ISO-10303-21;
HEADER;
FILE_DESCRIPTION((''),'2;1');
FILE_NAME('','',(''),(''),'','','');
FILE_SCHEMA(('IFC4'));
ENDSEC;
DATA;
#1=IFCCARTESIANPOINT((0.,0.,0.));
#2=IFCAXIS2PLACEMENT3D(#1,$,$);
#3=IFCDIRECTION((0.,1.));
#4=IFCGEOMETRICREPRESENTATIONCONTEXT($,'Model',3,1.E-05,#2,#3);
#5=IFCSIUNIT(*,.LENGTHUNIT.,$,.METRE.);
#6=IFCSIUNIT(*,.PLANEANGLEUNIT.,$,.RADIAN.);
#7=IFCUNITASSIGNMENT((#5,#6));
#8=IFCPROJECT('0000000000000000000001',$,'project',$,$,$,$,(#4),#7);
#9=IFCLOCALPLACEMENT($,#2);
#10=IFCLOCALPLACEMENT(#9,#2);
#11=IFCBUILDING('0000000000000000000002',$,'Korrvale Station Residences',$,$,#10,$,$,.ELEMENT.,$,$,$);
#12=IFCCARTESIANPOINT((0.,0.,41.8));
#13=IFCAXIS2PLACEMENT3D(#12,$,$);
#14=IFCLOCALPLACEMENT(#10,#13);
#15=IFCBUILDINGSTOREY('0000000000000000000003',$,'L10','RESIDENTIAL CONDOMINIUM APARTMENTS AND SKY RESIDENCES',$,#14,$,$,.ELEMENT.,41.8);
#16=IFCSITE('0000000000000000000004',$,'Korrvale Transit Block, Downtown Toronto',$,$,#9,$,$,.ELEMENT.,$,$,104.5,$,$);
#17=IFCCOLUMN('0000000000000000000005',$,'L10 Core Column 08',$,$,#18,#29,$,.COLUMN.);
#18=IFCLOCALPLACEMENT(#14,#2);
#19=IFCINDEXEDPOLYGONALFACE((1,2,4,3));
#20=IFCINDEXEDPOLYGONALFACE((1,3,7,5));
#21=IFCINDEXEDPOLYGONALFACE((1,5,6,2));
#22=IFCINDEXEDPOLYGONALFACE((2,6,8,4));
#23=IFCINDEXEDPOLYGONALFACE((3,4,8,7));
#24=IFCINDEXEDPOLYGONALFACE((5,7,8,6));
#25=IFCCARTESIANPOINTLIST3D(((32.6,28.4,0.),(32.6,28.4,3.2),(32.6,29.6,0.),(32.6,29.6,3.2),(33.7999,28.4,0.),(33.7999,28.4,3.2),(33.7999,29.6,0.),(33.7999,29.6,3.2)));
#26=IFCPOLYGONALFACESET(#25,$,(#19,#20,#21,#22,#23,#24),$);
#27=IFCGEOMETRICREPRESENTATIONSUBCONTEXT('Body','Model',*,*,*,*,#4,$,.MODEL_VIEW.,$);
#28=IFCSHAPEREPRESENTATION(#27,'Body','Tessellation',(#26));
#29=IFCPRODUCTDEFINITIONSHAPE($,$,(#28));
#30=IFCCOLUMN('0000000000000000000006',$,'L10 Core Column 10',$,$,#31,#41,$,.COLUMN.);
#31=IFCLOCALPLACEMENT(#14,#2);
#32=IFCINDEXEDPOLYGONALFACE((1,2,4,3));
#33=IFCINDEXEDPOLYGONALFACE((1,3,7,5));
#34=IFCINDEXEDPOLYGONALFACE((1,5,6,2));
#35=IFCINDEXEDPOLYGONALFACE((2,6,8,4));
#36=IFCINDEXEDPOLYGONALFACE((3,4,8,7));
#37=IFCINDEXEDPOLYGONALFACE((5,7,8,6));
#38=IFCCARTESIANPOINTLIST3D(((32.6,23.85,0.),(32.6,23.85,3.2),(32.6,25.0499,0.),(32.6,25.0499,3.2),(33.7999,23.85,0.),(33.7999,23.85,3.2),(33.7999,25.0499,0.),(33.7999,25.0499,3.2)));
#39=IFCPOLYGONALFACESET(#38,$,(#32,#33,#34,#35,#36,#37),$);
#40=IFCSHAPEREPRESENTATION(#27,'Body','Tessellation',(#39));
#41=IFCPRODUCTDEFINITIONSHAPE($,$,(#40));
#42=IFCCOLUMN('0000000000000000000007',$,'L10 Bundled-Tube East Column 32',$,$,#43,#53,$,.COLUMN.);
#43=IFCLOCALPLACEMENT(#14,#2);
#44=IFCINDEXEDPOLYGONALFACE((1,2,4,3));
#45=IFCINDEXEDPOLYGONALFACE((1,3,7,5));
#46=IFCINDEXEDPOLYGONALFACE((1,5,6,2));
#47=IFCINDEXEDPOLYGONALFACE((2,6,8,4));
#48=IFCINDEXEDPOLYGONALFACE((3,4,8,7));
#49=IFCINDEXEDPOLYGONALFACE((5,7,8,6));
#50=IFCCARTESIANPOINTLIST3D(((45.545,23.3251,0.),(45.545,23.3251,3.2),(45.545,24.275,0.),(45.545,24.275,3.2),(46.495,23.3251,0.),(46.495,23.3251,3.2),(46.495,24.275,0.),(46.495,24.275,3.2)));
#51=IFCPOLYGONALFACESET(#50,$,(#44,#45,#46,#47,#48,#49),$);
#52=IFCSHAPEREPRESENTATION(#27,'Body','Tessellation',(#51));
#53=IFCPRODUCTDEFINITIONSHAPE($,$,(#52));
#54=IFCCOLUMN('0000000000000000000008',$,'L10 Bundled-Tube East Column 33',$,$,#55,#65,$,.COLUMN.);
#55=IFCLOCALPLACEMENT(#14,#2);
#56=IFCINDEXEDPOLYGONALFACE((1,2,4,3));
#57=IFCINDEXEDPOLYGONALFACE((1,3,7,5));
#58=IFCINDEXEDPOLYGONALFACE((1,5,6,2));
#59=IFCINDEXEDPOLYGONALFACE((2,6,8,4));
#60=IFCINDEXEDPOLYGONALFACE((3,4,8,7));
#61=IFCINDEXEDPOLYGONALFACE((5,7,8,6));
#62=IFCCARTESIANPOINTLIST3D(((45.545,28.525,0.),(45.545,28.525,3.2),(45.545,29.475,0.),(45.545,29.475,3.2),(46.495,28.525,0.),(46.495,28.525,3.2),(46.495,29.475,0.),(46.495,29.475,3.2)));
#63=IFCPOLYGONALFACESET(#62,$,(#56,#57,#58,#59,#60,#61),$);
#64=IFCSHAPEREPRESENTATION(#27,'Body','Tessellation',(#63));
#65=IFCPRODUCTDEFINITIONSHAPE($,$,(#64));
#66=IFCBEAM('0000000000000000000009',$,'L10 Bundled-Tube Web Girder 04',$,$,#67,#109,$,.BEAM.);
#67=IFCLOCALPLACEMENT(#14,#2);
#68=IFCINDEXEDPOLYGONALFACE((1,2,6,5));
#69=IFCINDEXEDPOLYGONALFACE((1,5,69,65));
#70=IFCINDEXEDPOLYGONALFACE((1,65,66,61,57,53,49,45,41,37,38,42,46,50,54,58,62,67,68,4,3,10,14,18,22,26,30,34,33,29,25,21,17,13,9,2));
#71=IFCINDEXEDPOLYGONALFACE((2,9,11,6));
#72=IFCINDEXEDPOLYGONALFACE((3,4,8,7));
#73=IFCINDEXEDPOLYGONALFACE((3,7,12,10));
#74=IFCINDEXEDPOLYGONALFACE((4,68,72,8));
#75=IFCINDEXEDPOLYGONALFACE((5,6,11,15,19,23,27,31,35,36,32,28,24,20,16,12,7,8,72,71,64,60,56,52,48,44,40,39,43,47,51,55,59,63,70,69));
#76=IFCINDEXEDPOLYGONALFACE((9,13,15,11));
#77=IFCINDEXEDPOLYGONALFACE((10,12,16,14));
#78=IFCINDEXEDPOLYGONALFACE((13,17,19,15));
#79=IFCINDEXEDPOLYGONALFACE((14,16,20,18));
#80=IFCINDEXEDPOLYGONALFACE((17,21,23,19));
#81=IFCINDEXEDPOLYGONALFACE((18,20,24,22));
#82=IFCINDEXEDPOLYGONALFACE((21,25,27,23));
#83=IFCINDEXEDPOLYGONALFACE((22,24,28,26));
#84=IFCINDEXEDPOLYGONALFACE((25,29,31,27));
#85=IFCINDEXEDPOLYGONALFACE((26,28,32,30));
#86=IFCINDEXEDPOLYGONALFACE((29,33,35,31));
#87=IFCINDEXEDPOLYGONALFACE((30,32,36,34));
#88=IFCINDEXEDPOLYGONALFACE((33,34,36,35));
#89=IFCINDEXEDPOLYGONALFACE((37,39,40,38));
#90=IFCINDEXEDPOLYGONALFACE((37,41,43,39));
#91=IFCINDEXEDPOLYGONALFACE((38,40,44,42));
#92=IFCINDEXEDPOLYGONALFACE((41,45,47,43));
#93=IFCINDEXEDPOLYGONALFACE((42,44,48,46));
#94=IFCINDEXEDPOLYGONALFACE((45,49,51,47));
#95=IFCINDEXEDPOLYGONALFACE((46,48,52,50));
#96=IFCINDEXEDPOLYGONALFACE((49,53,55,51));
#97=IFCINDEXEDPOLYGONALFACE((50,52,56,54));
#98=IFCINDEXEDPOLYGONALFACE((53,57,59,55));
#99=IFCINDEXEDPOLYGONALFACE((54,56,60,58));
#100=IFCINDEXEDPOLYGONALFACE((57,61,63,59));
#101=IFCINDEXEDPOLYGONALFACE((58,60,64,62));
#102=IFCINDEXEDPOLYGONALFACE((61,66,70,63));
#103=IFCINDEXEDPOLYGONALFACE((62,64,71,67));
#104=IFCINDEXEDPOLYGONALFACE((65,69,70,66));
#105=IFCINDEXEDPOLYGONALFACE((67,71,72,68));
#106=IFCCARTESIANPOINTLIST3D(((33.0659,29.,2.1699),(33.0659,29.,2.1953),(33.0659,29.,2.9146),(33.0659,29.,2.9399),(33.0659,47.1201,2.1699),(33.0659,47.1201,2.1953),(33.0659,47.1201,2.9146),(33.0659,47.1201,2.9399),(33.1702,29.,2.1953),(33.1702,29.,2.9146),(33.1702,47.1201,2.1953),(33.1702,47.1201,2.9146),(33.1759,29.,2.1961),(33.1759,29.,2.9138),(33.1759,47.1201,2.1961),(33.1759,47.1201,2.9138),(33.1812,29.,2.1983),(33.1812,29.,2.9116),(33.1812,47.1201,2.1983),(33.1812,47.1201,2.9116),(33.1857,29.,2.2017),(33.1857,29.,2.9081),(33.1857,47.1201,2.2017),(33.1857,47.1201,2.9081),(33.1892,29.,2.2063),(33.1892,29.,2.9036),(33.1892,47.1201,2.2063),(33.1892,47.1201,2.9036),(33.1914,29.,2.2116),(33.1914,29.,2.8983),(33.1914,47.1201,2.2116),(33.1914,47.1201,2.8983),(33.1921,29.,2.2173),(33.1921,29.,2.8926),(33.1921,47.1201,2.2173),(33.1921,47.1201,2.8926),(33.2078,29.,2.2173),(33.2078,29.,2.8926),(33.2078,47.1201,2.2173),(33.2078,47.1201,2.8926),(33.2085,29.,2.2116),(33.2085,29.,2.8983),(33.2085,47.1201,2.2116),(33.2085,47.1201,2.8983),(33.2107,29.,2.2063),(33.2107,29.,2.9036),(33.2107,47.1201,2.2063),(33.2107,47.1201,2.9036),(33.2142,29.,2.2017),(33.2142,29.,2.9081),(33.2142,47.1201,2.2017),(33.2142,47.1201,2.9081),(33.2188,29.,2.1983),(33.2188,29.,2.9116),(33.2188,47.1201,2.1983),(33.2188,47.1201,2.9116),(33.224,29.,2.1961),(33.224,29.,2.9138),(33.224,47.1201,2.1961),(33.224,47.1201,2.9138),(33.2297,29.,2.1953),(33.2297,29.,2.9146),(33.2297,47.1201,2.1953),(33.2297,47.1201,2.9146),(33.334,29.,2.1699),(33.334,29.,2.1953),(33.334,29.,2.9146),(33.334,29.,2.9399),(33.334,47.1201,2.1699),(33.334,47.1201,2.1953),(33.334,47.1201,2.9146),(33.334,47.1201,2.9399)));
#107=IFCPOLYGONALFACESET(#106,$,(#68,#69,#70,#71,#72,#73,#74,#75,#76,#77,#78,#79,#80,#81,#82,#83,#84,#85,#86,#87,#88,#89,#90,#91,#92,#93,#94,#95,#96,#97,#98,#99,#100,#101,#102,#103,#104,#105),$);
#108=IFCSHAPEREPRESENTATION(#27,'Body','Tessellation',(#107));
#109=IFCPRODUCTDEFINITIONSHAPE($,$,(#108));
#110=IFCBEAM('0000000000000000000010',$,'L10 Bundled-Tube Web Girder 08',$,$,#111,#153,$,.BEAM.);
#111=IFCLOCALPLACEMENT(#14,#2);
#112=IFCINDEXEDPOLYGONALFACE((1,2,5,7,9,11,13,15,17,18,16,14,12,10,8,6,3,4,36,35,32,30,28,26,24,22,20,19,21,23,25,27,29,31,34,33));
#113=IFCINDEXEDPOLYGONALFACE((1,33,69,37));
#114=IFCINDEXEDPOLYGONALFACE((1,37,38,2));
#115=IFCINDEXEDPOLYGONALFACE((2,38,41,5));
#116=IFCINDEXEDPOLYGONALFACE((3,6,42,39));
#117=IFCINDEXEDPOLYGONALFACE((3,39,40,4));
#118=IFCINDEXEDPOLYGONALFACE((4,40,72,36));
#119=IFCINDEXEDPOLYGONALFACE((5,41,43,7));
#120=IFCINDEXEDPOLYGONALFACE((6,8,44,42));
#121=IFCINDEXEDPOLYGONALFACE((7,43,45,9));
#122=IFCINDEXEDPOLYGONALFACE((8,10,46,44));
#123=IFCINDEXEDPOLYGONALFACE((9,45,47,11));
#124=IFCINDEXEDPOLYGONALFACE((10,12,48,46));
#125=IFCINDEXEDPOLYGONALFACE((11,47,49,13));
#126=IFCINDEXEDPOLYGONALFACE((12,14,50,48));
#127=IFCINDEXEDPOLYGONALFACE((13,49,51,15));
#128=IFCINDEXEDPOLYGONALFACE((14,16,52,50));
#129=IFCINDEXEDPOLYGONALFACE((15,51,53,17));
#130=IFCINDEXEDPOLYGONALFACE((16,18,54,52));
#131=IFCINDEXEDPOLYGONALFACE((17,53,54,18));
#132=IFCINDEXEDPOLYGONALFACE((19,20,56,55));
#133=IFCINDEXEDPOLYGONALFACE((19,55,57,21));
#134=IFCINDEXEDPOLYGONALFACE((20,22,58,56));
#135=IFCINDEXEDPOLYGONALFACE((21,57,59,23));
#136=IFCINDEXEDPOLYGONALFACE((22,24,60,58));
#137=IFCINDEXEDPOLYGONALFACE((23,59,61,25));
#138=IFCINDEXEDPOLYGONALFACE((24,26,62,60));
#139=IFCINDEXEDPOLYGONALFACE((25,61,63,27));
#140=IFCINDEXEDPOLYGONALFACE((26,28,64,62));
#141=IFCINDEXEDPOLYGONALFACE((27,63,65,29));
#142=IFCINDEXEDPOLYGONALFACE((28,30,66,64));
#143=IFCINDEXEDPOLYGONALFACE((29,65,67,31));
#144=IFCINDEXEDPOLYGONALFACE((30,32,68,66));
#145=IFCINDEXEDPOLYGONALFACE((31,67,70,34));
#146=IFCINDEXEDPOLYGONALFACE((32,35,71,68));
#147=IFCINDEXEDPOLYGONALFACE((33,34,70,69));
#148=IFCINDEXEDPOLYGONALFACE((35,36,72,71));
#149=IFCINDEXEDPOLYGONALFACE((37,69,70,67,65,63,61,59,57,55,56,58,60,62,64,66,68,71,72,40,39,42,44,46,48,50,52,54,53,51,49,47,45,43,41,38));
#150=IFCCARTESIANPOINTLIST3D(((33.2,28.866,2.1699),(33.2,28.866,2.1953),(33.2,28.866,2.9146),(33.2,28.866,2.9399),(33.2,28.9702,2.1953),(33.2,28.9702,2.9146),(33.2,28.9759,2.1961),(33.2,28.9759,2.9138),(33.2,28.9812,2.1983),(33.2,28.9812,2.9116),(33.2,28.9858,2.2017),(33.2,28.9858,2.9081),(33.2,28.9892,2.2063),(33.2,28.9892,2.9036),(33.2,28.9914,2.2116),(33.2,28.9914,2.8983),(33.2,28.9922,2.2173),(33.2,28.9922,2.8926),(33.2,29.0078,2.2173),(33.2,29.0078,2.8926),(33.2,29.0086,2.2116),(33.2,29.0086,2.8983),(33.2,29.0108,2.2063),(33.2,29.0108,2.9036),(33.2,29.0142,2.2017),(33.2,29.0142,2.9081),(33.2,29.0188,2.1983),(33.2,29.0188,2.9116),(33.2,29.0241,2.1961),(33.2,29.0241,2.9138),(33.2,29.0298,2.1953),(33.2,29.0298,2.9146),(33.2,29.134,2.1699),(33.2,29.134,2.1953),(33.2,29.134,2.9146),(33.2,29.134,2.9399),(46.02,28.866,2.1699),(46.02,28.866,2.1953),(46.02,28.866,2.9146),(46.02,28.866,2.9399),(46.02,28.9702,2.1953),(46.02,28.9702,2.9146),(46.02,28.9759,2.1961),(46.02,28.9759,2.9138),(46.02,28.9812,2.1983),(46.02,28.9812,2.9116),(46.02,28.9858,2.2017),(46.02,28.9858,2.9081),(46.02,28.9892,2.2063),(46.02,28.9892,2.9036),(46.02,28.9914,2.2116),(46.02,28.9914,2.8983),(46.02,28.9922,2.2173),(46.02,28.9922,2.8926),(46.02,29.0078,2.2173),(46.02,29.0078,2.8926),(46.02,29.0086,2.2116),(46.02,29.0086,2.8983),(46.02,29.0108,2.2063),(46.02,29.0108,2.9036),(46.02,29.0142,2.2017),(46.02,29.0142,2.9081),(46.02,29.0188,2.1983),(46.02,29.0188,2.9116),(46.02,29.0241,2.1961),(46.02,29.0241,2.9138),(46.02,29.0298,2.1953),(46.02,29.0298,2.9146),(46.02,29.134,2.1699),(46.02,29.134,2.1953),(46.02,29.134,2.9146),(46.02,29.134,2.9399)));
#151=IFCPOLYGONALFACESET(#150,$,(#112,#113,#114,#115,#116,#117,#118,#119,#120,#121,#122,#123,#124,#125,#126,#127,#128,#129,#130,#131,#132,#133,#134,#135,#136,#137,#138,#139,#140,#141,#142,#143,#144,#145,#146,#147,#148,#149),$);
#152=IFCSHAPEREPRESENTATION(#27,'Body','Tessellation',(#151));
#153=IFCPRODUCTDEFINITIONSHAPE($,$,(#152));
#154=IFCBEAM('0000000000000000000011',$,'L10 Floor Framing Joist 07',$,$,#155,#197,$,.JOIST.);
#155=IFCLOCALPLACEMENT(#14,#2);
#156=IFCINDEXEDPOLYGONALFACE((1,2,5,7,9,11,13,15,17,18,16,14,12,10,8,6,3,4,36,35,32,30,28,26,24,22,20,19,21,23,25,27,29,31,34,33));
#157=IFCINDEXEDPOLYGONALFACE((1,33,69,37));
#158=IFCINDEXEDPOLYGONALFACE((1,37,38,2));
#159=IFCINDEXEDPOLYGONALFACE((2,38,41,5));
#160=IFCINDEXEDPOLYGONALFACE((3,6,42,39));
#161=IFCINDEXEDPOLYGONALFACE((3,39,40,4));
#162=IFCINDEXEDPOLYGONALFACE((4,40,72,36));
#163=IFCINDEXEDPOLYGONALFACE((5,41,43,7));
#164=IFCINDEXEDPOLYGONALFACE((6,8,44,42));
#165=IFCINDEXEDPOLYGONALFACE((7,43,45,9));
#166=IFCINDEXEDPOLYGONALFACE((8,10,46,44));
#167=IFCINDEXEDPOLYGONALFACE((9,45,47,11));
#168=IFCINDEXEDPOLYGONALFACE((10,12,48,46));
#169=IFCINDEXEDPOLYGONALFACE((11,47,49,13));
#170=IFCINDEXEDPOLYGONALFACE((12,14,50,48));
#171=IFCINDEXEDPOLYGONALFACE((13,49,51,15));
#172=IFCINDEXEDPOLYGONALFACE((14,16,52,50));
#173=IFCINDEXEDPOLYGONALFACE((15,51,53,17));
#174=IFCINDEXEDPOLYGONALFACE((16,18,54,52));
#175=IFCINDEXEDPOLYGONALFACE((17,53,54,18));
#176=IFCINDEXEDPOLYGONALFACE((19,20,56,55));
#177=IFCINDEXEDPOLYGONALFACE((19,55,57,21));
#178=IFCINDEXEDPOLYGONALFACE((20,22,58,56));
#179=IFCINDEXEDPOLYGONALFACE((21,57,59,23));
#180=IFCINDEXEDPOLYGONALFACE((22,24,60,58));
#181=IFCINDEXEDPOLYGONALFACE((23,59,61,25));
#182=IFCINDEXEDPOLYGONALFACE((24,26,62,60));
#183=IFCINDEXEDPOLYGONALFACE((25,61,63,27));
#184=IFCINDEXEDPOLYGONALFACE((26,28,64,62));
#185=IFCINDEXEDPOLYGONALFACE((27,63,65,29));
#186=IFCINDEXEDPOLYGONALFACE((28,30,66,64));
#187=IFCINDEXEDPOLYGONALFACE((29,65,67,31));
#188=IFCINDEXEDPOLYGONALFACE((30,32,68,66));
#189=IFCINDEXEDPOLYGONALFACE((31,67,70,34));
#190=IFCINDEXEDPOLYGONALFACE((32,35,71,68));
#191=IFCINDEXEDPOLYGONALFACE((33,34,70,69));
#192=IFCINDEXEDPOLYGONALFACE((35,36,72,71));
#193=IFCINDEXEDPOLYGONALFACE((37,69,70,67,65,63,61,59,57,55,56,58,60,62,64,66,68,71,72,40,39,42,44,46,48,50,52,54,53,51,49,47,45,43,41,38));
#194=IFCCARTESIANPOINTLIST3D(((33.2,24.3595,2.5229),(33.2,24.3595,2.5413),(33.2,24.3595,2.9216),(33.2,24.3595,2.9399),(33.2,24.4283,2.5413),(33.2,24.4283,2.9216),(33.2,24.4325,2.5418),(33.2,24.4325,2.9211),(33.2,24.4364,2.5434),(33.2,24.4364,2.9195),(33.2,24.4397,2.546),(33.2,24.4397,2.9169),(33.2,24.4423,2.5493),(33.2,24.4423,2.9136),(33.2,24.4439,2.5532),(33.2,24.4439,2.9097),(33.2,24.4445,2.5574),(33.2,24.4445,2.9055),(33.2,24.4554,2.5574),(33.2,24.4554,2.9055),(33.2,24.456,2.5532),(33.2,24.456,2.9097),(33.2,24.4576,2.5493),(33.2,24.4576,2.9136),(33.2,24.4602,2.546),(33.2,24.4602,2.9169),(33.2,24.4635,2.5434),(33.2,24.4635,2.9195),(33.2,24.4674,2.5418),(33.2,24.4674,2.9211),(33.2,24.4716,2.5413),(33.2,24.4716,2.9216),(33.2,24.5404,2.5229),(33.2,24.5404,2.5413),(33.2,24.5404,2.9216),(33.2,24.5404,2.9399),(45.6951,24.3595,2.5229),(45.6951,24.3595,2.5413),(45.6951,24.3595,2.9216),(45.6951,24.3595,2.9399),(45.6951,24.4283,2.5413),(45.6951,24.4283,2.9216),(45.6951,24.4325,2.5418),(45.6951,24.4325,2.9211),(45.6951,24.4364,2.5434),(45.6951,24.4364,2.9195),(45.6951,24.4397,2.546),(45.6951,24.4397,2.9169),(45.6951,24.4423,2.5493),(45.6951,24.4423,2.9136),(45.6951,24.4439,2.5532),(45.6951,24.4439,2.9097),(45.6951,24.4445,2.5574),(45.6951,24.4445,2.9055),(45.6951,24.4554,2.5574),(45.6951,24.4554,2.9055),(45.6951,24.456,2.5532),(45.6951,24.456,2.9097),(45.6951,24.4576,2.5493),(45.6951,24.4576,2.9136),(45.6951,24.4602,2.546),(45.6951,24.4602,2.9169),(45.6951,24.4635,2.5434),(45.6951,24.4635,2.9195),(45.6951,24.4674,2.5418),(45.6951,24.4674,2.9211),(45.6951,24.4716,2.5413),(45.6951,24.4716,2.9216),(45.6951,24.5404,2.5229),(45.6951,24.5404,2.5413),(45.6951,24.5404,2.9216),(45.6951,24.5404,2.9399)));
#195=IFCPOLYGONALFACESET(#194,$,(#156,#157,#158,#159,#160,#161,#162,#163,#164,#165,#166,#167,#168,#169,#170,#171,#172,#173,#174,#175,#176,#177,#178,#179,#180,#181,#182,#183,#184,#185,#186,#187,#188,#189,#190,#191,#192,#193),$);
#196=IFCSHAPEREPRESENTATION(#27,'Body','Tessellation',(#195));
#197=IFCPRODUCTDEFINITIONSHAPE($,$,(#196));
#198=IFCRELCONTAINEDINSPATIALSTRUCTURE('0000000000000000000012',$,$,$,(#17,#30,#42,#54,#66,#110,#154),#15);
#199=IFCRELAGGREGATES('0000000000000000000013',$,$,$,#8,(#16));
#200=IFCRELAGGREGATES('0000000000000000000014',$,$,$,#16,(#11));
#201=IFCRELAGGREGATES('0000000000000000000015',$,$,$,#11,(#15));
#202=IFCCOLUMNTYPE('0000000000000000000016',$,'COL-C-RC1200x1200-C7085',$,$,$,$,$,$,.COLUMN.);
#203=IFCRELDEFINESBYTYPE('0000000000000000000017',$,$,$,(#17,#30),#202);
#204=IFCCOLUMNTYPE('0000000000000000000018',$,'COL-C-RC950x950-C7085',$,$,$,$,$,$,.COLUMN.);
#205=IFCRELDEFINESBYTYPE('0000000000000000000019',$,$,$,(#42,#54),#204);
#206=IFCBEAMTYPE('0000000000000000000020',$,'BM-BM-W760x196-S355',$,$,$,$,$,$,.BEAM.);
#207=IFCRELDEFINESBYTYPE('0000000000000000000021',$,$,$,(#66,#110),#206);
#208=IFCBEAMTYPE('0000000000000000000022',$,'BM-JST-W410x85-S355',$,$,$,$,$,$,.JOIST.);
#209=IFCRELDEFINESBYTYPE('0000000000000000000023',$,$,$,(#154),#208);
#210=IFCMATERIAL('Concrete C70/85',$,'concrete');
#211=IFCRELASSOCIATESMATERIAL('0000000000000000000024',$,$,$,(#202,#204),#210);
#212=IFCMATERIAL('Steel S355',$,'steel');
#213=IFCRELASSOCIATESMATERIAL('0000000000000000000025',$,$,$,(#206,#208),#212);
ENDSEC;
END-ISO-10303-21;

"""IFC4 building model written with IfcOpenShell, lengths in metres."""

from ifc_helpers import new_model, si_unit, direction, frame, origin, origin_2d, place, context, subcontext, project, spatial, rectangle, i_section, extrude, material, material_profile, profile_set, type_object, element, save


model = new_model("IFC4")

# Units and contexts
model_context = context("Model", 3, precision=1e-05, world=origin(), true_north=direction((0.0, 1.0)))
body_context = subcontext(model_context, "Body", "Model", "MODEL_VIEW")
ifc_project = project(units=[si_unit("LENGTHUNIT", "METRE"), si_unit("PLANEANGLEUNIT", "RADIAN")], contexts=[model_context])

# Site, building, storey
site_placement = place(None, origin())
site = spatial("IfcSite", under=ifc_project, at=site_placement, Name="Korrvale Transit Block, Downtown Toronto", CompositionType="ELEMENT", RefElevation=104.5)
building_placement = place(site_placement, origin())
building = spatial("IfcBuilding", under=site, at=building_placement, Name="Korrvale Station Residences", CompositionType="ELEMENT")
storey_placement = place(building_placement, frame((0.0, 0.0, 41.8)))
storey = spatial("IfcBuildingStorey", under=building, at=storey_placement, Name="L10", Description="RESIDENTIAL CONDOMINIUM APARTMENTS AND SKY RESIDENCES", CompositionType="ELEMENT", Elevation=41.8)

# Columns
ifc_material_1 = material(Name="Concrete C70/85", Category="concrete")
ifc_material_profile_1 = material_profile(ifc_material_1, rectangle(XDim=1.2, YDim=1.2, at=origin_2d()), Name="RC1200x1200")
ifc_profile_set_1 = profile_set([ifc_material_profile_1], Name="Concrete C70/85")
column_type_1 = type_object("IfcColumnType", Name="COL-C-RC1200x1200-C7085", PredefinedType="COLUMN", material=ifc_profile_set_1)
for number, where, z_axis, x_axis, name in (
    (1, (33.2, 29.0, 0.0), (0.0, 0.0, 1.0), (1.0, 0.0, 0.0), "L10 Core Column 08"),
    (2, (33.2, 24.45, 0.0), (0.0, 0.0, 1.0), (1.0, 0.0, 0.0), "L10 Core Column 10"),
):
    element("IfcColumn", number, at=place(storey_placement, frame(where, z_axis=z_axis, x_axis=x_axis)), inside=storey, type_object=column_type_1, Name=name, PredefinedType="COLUMN", context=body_context, shape_type="SweptSolid", body=[
        extrude(rectangle(XDim=1.2, YDim=1.2, at=origin_2d()), origin(), (0.0, 0.0, 1.0), 3.2),
    ])
ifc_material_profile_2 = material_profile(ifc_material_1, rectangle(XDim=0.95, YDim=0.95, at=origin_2d()), Name="RC950x950")
ifc_profile_set_2 = profile_set([ifc_material_profile_2], Name="Concrete C70/85")
column_type_2 = type_object("IfcColumnType", Name="COL-C-RC950x950-C7085", PredefinedType="COLUMN", material=ifc_profile_set_2)
for number, where, z_axis, x_axis, name in (
    (3, (46.02, 23.8, 0.0), (0.0, 0.0, 1.0), (1.0, 0.0, 0.0), "L10 Bundled-Tube East Column 32"),
    (4, (46.02, 29.0, 0.0), (0.0, 0.0, 1.0), (1.0, 0.0, 0.0), "L10 Bundled-Tube East Column 33"),
):
    element("IfcColumn", number, at=place(storey_placement, frame(where, z_axis=z_axis, x_axis=x_axis)), inside=storey, type_object=column_type_2, Name=name, PredefinedType="COLUMN", context=body_context, shape_type="SweptSolid", body=[
        extrude(rectangle(XDim=0.95, YDim=0.95, at=origin_2d()), origin(), (0.0, 0.0, 1.0), 3.2),
    ])

# Beams
ifc_material_2 = material(Name="Steel S355", Category="steel")
ifc_material_profile_3 = material_profile(ifc_material_2, i_section(OverallWidth=0.2681, OverallDepth=0.77, WebThickness=0.0156, FlangeThickness=0.0254, FilletRadius=0.022, at=origin_2d()), Name="W760x196")
ifc_profile_set_3 = profile_set([ifc_material_profile_3], Name="Steel S355")
beam_type_1 = type_object("IfcBeamType", Name="BM-BM-W760x196-S355", PredefinedType="BEAM", material=ifc_profile_set_3)
beam_1_placement = place(storey_placement, frame((33.2, 29.0, 2.5549), z_axis=(0.0, 1.0, 0.0), x_axis=(-1.0, 0.0, 0.0)))
element("IfcBeam", 5, at=beam_1_placement, inside=storey, type_object=beam_type_1, Name="L10 Bundled-Tube Web Girder 04", PredefinedType="BEAM", context=body_context, shape_type="SweptSolid", body=[
    extrude(i_section(OverallWidth=0.2681, OverallDepth=0.77, WebThickness=0.0156, FlangeThickness=0.0254, FilletRadius=0.022, at=origin_2d()), origin(), (0.0, 0.0, 1.0), 18.1201),
])
beam_2_placement = place(storey_placement, frame((33.2, 29.0, 2.5549), z_axis=(1.0, 0.0, 0.0), x_axis=(0.0, 1.0, 0.0)))
element("IfcBeam", 6, at=beam_2_placement, inside=storey, type_object=beam_type_1, Name="L10 Bundled-Tube Web Girder 08", PredefinedType="BEAM", context=body_context, shape_type="SweptSolid", body=[
    extrude(i_section(OverallWidth=0.2681, OverallDepth=0.77, WebThickness=0.0156, FlangeThickness=0.0254, FilletRadius=0.022, at=origin_2d()), origin(), (0.0, 0.0, 1.0), 12.8201),
])
ifc_material_profile_4 = material_profile(ifc_material_2, i_section(OverallWidth=0.1809, OverallDepth=0.417, WebThickness=0.011, FlangeThickness=0.0183, FilletRadius=0.0161, at=origin_2d()), Name="W410x85")
ifc_profile_set_4 = profile_set([ifc_material_profile_4], Name="Steel S355")
beam_type_2 = type_object("IfcBeamType", Name="BM-JST-W410x85-S355", PredefinedType="JOIST", material=ifc_profile_set_4)
beam_3_placement = place(storey_placement, frame((33.2, 24.45, 2.7314), z_axis=(1.0, 0.0, 0.0), x_axis=(0.0, 1.0, 0.0)))
element("IfcBeam", 7, at=beam_3_placement, inside=storey, type_object=beam_type_2, Name="L10 Floor Framing Joist 07", PredefinedType="JOIST", context=body_context, shape_type="SweptSolid", body=[
    extrude(i_section(OverallWidth=0.1809, OverallDepth=0.417, WebThickness=0.011, FlangeThickness=0.0183, FilletRadius=0.0161, at=origin_2d()), origin(), (0.0, 0.0, 1.0), 12.4951),
])

save(model, "model.ifc")
